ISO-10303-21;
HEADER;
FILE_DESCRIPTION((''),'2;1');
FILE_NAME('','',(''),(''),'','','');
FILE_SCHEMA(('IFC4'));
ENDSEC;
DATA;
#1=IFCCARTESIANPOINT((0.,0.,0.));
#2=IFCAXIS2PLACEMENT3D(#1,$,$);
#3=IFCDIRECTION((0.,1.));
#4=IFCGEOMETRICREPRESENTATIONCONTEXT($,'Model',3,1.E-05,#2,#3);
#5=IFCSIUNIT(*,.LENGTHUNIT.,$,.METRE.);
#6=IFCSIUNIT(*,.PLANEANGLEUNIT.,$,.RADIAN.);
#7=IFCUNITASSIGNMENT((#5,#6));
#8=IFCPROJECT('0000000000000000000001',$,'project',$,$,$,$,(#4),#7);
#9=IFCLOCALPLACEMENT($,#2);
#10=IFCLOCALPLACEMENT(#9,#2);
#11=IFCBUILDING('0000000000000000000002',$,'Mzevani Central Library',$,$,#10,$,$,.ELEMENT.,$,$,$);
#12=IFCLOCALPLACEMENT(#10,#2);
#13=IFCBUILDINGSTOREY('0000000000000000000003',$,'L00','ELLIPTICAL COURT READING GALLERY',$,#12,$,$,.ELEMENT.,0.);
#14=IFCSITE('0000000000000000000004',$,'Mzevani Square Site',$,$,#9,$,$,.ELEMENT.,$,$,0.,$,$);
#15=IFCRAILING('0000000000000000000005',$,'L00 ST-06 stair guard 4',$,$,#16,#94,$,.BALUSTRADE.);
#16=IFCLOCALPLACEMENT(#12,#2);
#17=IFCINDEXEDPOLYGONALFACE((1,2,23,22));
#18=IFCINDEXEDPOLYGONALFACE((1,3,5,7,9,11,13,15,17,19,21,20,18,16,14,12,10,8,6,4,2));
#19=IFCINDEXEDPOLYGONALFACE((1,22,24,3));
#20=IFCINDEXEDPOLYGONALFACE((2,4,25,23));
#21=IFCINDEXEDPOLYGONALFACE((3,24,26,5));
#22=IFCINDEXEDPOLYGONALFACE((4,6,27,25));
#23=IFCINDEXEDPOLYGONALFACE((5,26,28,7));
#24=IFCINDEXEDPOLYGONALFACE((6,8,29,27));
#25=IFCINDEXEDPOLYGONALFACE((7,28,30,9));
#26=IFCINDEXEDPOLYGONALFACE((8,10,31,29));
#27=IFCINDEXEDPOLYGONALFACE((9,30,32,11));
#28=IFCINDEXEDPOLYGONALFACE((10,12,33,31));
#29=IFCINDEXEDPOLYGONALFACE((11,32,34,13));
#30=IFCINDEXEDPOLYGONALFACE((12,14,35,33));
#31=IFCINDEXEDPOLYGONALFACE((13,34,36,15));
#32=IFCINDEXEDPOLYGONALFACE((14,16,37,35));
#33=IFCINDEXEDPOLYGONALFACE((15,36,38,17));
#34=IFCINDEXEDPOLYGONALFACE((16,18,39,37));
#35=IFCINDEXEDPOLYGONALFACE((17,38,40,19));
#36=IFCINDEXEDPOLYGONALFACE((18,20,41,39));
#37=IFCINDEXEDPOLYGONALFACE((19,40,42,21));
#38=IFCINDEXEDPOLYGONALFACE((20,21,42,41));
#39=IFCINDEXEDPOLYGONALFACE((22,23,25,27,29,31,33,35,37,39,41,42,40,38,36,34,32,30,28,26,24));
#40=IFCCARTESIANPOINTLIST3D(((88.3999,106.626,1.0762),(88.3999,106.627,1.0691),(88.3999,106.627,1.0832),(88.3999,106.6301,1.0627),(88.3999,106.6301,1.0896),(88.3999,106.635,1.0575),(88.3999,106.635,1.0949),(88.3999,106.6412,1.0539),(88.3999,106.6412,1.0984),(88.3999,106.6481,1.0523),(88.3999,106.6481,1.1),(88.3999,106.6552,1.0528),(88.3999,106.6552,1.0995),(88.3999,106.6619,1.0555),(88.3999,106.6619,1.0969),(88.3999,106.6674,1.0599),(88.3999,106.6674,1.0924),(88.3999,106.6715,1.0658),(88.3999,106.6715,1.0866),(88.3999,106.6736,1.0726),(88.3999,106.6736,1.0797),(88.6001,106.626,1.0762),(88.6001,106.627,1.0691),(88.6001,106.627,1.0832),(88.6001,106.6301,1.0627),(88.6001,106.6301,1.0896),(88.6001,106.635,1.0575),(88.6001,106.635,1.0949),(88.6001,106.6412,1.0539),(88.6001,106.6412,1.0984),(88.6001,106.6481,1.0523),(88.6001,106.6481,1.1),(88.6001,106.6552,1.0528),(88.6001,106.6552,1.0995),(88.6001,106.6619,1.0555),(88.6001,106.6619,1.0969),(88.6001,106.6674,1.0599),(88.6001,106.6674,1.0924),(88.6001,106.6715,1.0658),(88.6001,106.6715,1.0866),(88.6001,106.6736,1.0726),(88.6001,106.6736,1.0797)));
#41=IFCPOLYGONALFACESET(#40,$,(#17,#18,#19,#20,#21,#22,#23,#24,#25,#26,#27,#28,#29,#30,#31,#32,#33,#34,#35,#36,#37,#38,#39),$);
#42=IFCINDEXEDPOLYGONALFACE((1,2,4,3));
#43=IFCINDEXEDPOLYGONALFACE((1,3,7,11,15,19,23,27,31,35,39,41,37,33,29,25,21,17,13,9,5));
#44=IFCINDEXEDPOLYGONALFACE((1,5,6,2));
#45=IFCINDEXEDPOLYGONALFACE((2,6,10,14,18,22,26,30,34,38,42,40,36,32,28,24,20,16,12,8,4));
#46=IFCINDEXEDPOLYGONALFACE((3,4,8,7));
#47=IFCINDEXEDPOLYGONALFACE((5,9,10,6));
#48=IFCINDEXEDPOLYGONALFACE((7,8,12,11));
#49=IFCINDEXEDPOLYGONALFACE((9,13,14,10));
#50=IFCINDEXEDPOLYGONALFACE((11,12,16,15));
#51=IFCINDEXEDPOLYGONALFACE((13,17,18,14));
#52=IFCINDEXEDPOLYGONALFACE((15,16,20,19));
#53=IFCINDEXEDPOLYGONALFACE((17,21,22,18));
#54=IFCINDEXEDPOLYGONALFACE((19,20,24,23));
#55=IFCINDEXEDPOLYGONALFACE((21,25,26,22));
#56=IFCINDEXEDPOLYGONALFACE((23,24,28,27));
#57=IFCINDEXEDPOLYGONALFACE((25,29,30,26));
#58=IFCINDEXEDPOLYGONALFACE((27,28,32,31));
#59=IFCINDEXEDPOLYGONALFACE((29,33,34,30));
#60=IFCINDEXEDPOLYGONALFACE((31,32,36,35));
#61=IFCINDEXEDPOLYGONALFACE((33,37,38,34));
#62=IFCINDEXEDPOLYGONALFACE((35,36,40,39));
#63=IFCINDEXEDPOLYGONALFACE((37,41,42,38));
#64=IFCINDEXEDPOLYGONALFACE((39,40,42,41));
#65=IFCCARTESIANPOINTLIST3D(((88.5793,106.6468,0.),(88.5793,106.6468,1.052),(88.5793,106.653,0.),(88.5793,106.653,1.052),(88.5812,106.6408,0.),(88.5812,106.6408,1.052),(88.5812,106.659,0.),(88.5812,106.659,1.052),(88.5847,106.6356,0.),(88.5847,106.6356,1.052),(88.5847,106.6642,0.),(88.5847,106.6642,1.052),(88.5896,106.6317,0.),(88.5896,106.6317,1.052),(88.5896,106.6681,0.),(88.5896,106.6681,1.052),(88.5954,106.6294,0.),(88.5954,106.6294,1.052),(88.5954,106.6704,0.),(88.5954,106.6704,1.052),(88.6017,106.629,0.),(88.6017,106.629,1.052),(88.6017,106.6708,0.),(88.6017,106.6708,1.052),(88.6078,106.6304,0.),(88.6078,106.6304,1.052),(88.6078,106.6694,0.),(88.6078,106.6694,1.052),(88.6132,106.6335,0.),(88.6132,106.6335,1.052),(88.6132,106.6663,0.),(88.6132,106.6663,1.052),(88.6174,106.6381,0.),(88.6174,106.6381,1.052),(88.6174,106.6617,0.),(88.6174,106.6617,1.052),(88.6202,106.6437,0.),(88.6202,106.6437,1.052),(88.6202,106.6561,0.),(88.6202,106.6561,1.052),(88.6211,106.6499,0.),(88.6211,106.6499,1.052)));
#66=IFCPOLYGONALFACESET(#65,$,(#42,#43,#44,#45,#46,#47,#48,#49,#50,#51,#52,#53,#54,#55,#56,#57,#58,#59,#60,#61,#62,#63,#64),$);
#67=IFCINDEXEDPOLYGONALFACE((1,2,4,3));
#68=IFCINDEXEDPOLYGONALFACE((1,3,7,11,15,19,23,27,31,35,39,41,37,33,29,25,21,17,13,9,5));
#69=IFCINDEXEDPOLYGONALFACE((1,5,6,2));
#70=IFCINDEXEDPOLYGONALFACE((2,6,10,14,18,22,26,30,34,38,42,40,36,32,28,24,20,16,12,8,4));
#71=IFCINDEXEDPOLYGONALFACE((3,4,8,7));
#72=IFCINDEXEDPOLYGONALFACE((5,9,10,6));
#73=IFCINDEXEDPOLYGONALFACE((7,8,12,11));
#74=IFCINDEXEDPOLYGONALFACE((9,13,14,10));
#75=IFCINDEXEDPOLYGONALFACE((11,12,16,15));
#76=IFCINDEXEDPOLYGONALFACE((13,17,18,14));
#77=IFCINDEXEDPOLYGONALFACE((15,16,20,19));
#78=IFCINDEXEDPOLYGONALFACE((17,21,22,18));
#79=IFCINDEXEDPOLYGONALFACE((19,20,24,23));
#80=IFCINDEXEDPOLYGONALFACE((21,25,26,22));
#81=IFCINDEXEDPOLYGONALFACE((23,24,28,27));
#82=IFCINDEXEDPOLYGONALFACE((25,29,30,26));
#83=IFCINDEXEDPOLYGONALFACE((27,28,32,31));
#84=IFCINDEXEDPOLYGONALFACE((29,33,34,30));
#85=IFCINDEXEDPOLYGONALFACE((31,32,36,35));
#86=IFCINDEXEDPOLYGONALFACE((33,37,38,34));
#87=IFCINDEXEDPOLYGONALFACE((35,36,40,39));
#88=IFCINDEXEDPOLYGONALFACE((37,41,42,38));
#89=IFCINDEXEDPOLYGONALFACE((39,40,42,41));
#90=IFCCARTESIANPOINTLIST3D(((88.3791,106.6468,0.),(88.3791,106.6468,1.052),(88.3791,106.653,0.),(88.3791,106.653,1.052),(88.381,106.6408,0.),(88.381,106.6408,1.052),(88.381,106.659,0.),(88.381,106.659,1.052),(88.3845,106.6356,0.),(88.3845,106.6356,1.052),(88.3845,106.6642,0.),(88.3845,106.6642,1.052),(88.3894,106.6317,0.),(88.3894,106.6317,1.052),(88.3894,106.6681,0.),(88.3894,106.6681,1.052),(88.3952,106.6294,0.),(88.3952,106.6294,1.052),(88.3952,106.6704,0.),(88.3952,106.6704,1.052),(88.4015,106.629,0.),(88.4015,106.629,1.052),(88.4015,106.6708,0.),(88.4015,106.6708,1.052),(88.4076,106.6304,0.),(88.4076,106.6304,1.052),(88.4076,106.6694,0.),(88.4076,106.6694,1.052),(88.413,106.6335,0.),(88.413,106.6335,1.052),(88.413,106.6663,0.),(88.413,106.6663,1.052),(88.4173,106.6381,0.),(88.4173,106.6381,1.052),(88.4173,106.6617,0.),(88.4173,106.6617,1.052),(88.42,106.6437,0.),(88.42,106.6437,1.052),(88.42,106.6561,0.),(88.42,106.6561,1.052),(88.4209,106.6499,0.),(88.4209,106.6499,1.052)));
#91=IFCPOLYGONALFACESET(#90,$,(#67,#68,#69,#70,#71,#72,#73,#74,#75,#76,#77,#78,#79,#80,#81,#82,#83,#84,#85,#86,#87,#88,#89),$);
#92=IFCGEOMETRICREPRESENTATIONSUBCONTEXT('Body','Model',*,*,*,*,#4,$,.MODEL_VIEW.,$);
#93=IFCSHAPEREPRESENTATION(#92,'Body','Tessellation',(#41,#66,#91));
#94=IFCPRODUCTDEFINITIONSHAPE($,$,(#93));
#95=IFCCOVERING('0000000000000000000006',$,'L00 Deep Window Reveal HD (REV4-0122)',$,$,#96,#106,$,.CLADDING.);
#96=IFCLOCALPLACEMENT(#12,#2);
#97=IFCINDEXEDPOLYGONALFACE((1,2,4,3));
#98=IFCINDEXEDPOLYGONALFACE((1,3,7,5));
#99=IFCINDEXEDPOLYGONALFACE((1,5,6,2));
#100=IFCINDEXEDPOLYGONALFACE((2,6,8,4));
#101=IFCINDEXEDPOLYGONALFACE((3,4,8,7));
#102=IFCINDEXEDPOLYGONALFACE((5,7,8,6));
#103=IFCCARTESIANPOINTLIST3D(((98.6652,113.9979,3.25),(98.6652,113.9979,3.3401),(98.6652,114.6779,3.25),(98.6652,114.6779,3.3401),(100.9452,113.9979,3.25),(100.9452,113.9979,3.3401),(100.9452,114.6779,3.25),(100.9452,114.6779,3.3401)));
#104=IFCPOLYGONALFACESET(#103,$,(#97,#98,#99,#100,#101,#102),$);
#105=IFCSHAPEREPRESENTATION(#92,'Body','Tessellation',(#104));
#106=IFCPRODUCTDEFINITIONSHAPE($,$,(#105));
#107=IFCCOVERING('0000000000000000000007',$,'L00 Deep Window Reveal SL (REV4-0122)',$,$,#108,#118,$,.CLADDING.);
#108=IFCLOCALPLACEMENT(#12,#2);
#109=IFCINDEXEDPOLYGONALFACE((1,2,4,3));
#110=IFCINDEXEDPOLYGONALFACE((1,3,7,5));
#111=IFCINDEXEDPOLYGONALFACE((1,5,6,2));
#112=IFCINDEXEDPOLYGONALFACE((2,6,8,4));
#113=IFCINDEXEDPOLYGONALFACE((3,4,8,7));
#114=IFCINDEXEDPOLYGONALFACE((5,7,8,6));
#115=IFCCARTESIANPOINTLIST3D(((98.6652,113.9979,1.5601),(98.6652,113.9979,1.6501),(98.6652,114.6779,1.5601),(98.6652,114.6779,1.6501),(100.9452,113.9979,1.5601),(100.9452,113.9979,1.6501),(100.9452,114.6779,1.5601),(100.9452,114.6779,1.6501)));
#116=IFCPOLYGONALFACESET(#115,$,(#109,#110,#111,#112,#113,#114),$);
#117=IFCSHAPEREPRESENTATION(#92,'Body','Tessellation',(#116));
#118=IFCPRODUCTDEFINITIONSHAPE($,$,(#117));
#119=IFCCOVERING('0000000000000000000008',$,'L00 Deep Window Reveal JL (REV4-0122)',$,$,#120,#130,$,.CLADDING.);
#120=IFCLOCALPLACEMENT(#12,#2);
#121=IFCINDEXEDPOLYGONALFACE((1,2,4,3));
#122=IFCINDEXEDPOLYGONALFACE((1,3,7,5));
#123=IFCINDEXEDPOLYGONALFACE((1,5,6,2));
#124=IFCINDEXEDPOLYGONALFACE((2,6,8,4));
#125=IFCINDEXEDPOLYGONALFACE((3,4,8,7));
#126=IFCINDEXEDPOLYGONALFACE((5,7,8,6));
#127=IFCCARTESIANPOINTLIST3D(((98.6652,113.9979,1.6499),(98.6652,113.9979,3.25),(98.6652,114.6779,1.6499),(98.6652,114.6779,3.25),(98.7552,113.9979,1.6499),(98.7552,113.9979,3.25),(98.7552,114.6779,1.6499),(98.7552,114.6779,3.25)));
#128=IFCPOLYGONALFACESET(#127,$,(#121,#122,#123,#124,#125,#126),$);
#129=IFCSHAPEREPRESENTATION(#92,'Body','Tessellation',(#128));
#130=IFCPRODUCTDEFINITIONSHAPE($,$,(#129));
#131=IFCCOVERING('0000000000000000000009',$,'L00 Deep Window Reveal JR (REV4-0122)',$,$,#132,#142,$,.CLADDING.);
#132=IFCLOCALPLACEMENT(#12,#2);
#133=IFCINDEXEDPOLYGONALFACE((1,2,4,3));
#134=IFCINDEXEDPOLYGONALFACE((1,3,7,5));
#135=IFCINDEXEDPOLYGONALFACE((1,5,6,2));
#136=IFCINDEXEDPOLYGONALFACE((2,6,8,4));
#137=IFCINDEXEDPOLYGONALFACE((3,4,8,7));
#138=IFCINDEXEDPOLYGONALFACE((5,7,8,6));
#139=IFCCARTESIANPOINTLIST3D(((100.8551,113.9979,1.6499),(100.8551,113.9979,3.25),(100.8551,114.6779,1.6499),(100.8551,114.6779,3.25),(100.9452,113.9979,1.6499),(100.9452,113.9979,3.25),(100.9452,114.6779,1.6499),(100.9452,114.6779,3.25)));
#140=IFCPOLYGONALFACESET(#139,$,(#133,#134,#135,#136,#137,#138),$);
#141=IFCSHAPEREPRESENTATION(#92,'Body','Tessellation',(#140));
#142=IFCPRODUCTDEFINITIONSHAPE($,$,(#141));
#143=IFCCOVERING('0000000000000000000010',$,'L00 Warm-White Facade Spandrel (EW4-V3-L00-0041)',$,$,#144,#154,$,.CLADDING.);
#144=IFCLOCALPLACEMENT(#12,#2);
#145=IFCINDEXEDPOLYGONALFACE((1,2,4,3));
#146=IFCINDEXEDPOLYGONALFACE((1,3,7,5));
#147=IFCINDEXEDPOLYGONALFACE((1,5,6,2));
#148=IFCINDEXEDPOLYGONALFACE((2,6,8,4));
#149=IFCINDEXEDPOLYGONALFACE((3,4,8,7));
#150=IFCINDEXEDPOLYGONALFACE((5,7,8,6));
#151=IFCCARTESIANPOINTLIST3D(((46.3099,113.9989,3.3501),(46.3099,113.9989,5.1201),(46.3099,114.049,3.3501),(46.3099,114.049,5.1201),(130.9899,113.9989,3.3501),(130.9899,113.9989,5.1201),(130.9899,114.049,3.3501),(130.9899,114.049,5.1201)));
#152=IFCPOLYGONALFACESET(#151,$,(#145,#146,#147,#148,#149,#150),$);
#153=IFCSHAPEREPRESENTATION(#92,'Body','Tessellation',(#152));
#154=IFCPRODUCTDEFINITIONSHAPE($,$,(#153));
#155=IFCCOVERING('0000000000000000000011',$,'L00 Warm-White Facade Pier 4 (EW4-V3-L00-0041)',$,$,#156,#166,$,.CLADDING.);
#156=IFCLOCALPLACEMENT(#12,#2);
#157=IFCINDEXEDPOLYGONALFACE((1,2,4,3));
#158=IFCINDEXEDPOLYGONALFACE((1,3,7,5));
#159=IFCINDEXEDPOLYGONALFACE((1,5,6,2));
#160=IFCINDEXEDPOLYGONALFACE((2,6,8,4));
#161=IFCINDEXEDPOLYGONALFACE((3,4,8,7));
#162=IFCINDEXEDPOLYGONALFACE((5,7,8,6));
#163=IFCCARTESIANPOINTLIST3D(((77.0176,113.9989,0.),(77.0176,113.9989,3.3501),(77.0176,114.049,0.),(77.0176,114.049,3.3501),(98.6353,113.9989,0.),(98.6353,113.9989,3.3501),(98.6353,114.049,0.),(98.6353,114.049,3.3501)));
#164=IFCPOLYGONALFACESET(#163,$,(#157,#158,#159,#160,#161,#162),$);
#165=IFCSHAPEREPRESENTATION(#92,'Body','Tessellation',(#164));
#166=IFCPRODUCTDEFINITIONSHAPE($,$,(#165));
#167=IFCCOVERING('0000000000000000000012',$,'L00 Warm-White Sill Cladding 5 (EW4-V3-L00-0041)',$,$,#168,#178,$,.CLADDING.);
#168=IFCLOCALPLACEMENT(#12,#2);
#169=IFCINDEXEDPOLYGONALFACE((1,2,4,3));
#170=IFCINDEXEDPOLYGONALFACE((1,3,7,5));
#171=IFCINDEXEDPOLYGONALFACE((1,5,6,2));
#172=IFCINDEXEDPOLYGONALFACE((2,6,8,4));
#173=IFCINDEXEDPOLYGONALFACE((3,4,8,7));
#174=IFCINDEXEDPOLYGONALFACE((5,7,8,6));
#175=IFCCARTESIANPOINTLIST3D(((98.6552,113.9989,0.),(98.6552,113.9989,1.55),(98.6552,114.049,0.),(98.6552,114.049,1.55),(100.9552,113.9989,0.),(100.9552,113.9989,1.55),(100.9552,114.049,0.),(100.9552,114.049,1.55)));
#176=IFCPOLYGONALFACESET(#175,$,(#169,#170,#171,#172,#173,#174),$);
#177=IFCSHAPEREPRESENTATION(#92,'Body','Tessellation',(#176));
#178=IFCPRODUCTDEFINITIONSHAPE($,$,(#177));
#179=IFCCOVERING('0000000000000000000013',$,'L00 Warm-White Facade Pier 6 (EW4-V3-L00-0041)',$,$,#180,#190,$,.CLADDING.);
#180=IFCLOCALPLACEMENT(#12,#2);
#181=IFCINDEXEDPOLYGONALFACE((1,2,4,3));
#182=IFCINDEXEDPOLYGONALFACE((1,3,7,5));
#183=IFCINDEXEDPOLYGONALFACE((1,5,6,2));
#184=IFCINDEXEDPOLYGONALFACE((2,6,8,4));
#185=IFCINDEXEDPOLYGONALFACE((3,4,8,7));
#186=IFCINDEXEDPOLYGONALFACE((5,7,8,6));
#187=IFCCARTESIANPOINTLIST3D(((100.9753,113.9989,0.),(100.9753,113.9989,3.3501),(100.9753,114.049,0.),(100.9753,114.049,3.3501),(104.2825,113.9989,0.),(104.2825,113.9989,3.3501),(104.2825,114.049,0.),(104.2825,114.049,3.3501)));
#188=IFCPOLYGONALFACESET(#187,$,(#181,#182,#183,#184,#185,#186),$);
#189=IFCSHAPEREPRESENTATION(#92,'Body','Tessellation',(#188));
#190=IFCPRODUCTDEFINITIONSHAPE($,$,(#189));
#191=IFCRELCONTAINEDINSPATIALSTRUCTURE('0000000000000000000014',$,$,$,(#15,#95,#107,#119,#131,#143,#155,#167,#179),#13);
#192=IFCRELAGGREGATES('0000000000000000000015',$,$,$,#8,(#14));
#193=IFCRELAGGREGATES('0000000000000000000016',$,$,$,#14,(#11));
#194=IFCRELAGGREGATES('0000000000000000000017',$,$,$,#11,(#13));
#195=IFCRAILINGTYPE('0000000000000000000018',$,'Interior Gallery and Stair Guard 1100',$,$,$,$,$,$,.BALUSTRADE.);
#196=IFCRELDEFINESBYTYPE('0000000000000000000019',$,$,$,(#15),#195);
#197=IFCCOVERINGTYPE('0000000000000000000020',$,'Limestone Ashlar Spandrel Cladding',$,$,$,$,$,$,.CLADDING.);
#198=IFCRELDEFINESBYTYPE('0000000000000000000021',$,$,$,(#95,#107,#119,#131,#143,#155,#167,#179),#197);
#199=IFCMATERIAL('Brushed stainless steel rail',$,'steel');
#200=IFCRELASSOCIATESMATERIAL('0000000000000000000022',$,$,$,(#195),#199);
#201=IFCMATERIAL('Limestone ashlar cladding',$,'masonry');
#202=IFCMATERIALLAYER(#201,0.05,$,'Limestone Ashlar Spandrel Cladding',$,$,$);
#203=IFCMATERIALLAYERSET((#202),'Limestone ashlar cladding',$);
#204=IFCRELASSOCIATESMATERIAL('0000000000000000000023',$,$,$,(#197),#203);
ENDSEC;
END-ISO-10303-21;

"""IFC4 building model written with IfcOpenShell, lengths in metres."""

from ifc_helpers import new_model, si_unit, direction, frame, origin, origin_2d, place, context, subcontext, project, spatial, rectangle, circle, extrude, material, layer, layer_set, type_object, element, save


model = new_model("IFC4")

# Units and contexts
model_context = context("Model", 3, precision=1e-05, world=origin(), true_north=direction((0.0, 1.0)))
body_context = subcontext(model_context, "Body", "Model", "MODEL_VIEW")
ifc_project = project(units=[si_unit("LENGTHUNIT", "METRE"), si_unit("PLANEANGLEUNIT", "RADIAN")], contexts=[model_context])

# Site, building, storey
site_placement = place(None, origin())
site = spatial("IfcSite", under=ifc_project, at=site_placement, Name="Mzevani Square Site", CompositionType="ELEMENT", RefElevation=0.0)
building_placement = place(site_placement, origin())
building = spatial("IfcBuilding", under=site, at=building_placement, Name="Mzevani Central Library", CompositionType="ELEMENT")
storey_placement = place(building_placement, origin())
storey = spatial("IfcBuildingStorey", under=building, at=storey_placement, Name="L00", Description="ELLIPTICAL COURT READING GALLERY", CompositionType="ELEMENT", Elevation=0.0)

# Railing
ifc_material_1 = material(Name="Brushed stainless steel rail", Category="steel")
railing_type_1 = type_object("IfcRailingType", Name="Interior Gallery and Stair Guard 1100", PredefinedType="BALUSTRADE", material=ifc_material_1)
railing_1_placement = place(storey_placement, frame((88.6001, 106.6499, 0.0)))
element("IfcRailing", 1, at=railing_1_placement, inside=storey, type_object=railing_type_1, Name="L00 ST-06 stair guard 4", PredefinedType="BALUSTRADE", context=body_context, shape_type="SweptSolid", body=[
    extrude(circle(Radius=0.0239, at=origin_2d()), frame((0.0, 0.0, 1.0762), z_axis=(-1.0, 0.0, 0.0), x_axis=(0.0, -1.0, 0.0)), (0.0, 0.0, 1.0), 0.2002),
    extrude(circle(Radius=0.021, at=origin_2d()), origin(), (0.0, 0.0, 1.0), 1.052),
    extrude(circle(Radius=0.021, at=origin_2d()), frame((-0.2002, 0.0, 0.0)), (0.0, 0.0, 1.0), 1.052),
])

# Coverings
ifc_material_2 = material(Name="Limestone ashlar cladding", Category="masonry")
ifc_layer_1 = layer(ifc_material_2, 0.05, Name="Limestone Ashlar Spandrel Cladding")
ifc_layer_set_1 = layer_set([ifc_layer_1], Name="Limestone ashlar cladding")
covering_type_1 = type_object("IfcCoveringType", Name="Limestone Ashlar Spandrel Cladding", PredefinedType="CLADDING", material=ifc_layer_set_1)
for number, where, z_axis, x_axis, name in (
    (2, (99.8052, 114.3379, 3.25), (0.0, 0.0, 1.0), (1.0, 0.0, 0.0), "L00 Deep Window Reveal HD (REV4-0122)"),
    (3, (99.8052, 114.3379, 1.5601), (0.0, 0.0, 1.0), (1.0, 0.0, 0.0), "L00 Deep Window Reveal SL (REV4-0122)"),
):
    element("IfcCovering", number, at=place(storey_placement, frame(where, z_axis=z_axis, x_axis=x_axis)), inside=storey, type_object=covering_type_1, Name=name, PredefinedType="CLADDING", context=body_context, shape_type="SweptSolid", body=[
        extrude(rectangle(XDim=2.28, YDim=0.6799, at=origin_2d()), origin(), (0.0, 0.0, 1.0), 0.0901),
    ])
for number, where, z_axis, x_axis, name in (
    (4, (98.7102, 114.3379, 1.6499), (0.0, 0.0, 1.0), (1.0, 0.0, 0.0), "L00 Deep Window Reveal JL (REV4-0122)"),
    (5, (100.9001, 114.3379, 1.6499), (0.0, 0.0, 1.0), (1.0, 0.0, 0.0), "L00 Deep Window Reveal JR (REV4-0122)"),
):
    element("IfcCovering", number, at=place(storey_placement, frame(where, z_axis=z_axis, x_axis=x_axis)), inside=storey, type_object=covering_type_1, Name=name, PredefinedType="CLADDING", context=body_context, shape_type="SweptSolid", body=[
        extrude(rectangle(XDim=0.0901, YDim=0.6799, at=origin_2d()), origin(), (0.0, 0.0, 1.0), 1.6001),
    ])
covering_1_placement = place(storey_placement, frame((88.6499, 114.0239, 3.3501), z_axis=(0.0, 0.0, 1.0), x_axis=(1.0, 0.0, 0.0)))
element("IfcCovering", 6, at=covering_1_placement, inside=storey, type_object=covering_type_1, Name="L00 Warm-White Facade Spandrel (EW4-V3-L00-0041)", PredefinedType="CLADDING", context=body_context, shape_type="SweptSolid", body=[
    extrude(rectangle(XDim=84.6799, YDim=0.05, at=origin_2d()), origin(), (0.0, 0.0, 1.0), 1.77),
])
covering_2_placement = place(storey_placement, frame((87.8264, 114.0239, 0.0), z_axis=(0.0, 0.0, 1.0), x_axis=(1.0, 0.0, 0.0)))
element("IfcCovering", 7, at=covering_2_placement, inside=storey, type_object=covering_type_1, Name="L00 Warm-White Facade Pier 4 (EW4-V3-L00-0041)", PredefinedType="CLADDING", context=body_context, shape_type="SweptSolid", body=[
    extrude(rectangle(XDim=21.6177, YDim=0.05, at=origin_2d()), origin(), (0.0, 0.0, 1.0), 3.3501),
])
covering_3_placement = place(storey_placement, frame((99.8052, 114.0239, 0.0), z_axis=(0.0, 0.0, 1.0), x_axis=(1.0, 0.0, 0.0)))
element("IfcCovering", 8, at=covering_3_placement, inside=storey, type_object=covering_type_1, Name="L00 Warm-White Sill Cladding 5 (EW4-V3-L00-0041)", PredefinedType="CLADDING", context=body_context, shape_type="SweptSolid", body=[
    extrude(rectangle(XDim=2.3, YDim=0.05, at=origin_2d()), origin(), (0.0, 0.0, 1.0), 1.55),
])
covering_4_placement = place(storey_placement, frame((102.6289, 114.0239, 0.0), z_axis=(0.0, 0.0, 1.0), x_axis=(1.0, 0.0, 0.0)))
element("IfcCovering", 9, at=covering_4_placement, inside=storey, type_object=covering_type_1, Name="L00 Warm-White Facade Pier 6 (EW4-V3-L00-0041)", PredefinedType="CLADDING", context=body_context, shape_type="SweptSolid", body=[
    extrude(rectangle(XDim=3.3071, YDim=0.05, at=origin_2d()), origin(), (0.0, 0.0, 1.0), 3.3501),
])

save(model, "model.ifc")
